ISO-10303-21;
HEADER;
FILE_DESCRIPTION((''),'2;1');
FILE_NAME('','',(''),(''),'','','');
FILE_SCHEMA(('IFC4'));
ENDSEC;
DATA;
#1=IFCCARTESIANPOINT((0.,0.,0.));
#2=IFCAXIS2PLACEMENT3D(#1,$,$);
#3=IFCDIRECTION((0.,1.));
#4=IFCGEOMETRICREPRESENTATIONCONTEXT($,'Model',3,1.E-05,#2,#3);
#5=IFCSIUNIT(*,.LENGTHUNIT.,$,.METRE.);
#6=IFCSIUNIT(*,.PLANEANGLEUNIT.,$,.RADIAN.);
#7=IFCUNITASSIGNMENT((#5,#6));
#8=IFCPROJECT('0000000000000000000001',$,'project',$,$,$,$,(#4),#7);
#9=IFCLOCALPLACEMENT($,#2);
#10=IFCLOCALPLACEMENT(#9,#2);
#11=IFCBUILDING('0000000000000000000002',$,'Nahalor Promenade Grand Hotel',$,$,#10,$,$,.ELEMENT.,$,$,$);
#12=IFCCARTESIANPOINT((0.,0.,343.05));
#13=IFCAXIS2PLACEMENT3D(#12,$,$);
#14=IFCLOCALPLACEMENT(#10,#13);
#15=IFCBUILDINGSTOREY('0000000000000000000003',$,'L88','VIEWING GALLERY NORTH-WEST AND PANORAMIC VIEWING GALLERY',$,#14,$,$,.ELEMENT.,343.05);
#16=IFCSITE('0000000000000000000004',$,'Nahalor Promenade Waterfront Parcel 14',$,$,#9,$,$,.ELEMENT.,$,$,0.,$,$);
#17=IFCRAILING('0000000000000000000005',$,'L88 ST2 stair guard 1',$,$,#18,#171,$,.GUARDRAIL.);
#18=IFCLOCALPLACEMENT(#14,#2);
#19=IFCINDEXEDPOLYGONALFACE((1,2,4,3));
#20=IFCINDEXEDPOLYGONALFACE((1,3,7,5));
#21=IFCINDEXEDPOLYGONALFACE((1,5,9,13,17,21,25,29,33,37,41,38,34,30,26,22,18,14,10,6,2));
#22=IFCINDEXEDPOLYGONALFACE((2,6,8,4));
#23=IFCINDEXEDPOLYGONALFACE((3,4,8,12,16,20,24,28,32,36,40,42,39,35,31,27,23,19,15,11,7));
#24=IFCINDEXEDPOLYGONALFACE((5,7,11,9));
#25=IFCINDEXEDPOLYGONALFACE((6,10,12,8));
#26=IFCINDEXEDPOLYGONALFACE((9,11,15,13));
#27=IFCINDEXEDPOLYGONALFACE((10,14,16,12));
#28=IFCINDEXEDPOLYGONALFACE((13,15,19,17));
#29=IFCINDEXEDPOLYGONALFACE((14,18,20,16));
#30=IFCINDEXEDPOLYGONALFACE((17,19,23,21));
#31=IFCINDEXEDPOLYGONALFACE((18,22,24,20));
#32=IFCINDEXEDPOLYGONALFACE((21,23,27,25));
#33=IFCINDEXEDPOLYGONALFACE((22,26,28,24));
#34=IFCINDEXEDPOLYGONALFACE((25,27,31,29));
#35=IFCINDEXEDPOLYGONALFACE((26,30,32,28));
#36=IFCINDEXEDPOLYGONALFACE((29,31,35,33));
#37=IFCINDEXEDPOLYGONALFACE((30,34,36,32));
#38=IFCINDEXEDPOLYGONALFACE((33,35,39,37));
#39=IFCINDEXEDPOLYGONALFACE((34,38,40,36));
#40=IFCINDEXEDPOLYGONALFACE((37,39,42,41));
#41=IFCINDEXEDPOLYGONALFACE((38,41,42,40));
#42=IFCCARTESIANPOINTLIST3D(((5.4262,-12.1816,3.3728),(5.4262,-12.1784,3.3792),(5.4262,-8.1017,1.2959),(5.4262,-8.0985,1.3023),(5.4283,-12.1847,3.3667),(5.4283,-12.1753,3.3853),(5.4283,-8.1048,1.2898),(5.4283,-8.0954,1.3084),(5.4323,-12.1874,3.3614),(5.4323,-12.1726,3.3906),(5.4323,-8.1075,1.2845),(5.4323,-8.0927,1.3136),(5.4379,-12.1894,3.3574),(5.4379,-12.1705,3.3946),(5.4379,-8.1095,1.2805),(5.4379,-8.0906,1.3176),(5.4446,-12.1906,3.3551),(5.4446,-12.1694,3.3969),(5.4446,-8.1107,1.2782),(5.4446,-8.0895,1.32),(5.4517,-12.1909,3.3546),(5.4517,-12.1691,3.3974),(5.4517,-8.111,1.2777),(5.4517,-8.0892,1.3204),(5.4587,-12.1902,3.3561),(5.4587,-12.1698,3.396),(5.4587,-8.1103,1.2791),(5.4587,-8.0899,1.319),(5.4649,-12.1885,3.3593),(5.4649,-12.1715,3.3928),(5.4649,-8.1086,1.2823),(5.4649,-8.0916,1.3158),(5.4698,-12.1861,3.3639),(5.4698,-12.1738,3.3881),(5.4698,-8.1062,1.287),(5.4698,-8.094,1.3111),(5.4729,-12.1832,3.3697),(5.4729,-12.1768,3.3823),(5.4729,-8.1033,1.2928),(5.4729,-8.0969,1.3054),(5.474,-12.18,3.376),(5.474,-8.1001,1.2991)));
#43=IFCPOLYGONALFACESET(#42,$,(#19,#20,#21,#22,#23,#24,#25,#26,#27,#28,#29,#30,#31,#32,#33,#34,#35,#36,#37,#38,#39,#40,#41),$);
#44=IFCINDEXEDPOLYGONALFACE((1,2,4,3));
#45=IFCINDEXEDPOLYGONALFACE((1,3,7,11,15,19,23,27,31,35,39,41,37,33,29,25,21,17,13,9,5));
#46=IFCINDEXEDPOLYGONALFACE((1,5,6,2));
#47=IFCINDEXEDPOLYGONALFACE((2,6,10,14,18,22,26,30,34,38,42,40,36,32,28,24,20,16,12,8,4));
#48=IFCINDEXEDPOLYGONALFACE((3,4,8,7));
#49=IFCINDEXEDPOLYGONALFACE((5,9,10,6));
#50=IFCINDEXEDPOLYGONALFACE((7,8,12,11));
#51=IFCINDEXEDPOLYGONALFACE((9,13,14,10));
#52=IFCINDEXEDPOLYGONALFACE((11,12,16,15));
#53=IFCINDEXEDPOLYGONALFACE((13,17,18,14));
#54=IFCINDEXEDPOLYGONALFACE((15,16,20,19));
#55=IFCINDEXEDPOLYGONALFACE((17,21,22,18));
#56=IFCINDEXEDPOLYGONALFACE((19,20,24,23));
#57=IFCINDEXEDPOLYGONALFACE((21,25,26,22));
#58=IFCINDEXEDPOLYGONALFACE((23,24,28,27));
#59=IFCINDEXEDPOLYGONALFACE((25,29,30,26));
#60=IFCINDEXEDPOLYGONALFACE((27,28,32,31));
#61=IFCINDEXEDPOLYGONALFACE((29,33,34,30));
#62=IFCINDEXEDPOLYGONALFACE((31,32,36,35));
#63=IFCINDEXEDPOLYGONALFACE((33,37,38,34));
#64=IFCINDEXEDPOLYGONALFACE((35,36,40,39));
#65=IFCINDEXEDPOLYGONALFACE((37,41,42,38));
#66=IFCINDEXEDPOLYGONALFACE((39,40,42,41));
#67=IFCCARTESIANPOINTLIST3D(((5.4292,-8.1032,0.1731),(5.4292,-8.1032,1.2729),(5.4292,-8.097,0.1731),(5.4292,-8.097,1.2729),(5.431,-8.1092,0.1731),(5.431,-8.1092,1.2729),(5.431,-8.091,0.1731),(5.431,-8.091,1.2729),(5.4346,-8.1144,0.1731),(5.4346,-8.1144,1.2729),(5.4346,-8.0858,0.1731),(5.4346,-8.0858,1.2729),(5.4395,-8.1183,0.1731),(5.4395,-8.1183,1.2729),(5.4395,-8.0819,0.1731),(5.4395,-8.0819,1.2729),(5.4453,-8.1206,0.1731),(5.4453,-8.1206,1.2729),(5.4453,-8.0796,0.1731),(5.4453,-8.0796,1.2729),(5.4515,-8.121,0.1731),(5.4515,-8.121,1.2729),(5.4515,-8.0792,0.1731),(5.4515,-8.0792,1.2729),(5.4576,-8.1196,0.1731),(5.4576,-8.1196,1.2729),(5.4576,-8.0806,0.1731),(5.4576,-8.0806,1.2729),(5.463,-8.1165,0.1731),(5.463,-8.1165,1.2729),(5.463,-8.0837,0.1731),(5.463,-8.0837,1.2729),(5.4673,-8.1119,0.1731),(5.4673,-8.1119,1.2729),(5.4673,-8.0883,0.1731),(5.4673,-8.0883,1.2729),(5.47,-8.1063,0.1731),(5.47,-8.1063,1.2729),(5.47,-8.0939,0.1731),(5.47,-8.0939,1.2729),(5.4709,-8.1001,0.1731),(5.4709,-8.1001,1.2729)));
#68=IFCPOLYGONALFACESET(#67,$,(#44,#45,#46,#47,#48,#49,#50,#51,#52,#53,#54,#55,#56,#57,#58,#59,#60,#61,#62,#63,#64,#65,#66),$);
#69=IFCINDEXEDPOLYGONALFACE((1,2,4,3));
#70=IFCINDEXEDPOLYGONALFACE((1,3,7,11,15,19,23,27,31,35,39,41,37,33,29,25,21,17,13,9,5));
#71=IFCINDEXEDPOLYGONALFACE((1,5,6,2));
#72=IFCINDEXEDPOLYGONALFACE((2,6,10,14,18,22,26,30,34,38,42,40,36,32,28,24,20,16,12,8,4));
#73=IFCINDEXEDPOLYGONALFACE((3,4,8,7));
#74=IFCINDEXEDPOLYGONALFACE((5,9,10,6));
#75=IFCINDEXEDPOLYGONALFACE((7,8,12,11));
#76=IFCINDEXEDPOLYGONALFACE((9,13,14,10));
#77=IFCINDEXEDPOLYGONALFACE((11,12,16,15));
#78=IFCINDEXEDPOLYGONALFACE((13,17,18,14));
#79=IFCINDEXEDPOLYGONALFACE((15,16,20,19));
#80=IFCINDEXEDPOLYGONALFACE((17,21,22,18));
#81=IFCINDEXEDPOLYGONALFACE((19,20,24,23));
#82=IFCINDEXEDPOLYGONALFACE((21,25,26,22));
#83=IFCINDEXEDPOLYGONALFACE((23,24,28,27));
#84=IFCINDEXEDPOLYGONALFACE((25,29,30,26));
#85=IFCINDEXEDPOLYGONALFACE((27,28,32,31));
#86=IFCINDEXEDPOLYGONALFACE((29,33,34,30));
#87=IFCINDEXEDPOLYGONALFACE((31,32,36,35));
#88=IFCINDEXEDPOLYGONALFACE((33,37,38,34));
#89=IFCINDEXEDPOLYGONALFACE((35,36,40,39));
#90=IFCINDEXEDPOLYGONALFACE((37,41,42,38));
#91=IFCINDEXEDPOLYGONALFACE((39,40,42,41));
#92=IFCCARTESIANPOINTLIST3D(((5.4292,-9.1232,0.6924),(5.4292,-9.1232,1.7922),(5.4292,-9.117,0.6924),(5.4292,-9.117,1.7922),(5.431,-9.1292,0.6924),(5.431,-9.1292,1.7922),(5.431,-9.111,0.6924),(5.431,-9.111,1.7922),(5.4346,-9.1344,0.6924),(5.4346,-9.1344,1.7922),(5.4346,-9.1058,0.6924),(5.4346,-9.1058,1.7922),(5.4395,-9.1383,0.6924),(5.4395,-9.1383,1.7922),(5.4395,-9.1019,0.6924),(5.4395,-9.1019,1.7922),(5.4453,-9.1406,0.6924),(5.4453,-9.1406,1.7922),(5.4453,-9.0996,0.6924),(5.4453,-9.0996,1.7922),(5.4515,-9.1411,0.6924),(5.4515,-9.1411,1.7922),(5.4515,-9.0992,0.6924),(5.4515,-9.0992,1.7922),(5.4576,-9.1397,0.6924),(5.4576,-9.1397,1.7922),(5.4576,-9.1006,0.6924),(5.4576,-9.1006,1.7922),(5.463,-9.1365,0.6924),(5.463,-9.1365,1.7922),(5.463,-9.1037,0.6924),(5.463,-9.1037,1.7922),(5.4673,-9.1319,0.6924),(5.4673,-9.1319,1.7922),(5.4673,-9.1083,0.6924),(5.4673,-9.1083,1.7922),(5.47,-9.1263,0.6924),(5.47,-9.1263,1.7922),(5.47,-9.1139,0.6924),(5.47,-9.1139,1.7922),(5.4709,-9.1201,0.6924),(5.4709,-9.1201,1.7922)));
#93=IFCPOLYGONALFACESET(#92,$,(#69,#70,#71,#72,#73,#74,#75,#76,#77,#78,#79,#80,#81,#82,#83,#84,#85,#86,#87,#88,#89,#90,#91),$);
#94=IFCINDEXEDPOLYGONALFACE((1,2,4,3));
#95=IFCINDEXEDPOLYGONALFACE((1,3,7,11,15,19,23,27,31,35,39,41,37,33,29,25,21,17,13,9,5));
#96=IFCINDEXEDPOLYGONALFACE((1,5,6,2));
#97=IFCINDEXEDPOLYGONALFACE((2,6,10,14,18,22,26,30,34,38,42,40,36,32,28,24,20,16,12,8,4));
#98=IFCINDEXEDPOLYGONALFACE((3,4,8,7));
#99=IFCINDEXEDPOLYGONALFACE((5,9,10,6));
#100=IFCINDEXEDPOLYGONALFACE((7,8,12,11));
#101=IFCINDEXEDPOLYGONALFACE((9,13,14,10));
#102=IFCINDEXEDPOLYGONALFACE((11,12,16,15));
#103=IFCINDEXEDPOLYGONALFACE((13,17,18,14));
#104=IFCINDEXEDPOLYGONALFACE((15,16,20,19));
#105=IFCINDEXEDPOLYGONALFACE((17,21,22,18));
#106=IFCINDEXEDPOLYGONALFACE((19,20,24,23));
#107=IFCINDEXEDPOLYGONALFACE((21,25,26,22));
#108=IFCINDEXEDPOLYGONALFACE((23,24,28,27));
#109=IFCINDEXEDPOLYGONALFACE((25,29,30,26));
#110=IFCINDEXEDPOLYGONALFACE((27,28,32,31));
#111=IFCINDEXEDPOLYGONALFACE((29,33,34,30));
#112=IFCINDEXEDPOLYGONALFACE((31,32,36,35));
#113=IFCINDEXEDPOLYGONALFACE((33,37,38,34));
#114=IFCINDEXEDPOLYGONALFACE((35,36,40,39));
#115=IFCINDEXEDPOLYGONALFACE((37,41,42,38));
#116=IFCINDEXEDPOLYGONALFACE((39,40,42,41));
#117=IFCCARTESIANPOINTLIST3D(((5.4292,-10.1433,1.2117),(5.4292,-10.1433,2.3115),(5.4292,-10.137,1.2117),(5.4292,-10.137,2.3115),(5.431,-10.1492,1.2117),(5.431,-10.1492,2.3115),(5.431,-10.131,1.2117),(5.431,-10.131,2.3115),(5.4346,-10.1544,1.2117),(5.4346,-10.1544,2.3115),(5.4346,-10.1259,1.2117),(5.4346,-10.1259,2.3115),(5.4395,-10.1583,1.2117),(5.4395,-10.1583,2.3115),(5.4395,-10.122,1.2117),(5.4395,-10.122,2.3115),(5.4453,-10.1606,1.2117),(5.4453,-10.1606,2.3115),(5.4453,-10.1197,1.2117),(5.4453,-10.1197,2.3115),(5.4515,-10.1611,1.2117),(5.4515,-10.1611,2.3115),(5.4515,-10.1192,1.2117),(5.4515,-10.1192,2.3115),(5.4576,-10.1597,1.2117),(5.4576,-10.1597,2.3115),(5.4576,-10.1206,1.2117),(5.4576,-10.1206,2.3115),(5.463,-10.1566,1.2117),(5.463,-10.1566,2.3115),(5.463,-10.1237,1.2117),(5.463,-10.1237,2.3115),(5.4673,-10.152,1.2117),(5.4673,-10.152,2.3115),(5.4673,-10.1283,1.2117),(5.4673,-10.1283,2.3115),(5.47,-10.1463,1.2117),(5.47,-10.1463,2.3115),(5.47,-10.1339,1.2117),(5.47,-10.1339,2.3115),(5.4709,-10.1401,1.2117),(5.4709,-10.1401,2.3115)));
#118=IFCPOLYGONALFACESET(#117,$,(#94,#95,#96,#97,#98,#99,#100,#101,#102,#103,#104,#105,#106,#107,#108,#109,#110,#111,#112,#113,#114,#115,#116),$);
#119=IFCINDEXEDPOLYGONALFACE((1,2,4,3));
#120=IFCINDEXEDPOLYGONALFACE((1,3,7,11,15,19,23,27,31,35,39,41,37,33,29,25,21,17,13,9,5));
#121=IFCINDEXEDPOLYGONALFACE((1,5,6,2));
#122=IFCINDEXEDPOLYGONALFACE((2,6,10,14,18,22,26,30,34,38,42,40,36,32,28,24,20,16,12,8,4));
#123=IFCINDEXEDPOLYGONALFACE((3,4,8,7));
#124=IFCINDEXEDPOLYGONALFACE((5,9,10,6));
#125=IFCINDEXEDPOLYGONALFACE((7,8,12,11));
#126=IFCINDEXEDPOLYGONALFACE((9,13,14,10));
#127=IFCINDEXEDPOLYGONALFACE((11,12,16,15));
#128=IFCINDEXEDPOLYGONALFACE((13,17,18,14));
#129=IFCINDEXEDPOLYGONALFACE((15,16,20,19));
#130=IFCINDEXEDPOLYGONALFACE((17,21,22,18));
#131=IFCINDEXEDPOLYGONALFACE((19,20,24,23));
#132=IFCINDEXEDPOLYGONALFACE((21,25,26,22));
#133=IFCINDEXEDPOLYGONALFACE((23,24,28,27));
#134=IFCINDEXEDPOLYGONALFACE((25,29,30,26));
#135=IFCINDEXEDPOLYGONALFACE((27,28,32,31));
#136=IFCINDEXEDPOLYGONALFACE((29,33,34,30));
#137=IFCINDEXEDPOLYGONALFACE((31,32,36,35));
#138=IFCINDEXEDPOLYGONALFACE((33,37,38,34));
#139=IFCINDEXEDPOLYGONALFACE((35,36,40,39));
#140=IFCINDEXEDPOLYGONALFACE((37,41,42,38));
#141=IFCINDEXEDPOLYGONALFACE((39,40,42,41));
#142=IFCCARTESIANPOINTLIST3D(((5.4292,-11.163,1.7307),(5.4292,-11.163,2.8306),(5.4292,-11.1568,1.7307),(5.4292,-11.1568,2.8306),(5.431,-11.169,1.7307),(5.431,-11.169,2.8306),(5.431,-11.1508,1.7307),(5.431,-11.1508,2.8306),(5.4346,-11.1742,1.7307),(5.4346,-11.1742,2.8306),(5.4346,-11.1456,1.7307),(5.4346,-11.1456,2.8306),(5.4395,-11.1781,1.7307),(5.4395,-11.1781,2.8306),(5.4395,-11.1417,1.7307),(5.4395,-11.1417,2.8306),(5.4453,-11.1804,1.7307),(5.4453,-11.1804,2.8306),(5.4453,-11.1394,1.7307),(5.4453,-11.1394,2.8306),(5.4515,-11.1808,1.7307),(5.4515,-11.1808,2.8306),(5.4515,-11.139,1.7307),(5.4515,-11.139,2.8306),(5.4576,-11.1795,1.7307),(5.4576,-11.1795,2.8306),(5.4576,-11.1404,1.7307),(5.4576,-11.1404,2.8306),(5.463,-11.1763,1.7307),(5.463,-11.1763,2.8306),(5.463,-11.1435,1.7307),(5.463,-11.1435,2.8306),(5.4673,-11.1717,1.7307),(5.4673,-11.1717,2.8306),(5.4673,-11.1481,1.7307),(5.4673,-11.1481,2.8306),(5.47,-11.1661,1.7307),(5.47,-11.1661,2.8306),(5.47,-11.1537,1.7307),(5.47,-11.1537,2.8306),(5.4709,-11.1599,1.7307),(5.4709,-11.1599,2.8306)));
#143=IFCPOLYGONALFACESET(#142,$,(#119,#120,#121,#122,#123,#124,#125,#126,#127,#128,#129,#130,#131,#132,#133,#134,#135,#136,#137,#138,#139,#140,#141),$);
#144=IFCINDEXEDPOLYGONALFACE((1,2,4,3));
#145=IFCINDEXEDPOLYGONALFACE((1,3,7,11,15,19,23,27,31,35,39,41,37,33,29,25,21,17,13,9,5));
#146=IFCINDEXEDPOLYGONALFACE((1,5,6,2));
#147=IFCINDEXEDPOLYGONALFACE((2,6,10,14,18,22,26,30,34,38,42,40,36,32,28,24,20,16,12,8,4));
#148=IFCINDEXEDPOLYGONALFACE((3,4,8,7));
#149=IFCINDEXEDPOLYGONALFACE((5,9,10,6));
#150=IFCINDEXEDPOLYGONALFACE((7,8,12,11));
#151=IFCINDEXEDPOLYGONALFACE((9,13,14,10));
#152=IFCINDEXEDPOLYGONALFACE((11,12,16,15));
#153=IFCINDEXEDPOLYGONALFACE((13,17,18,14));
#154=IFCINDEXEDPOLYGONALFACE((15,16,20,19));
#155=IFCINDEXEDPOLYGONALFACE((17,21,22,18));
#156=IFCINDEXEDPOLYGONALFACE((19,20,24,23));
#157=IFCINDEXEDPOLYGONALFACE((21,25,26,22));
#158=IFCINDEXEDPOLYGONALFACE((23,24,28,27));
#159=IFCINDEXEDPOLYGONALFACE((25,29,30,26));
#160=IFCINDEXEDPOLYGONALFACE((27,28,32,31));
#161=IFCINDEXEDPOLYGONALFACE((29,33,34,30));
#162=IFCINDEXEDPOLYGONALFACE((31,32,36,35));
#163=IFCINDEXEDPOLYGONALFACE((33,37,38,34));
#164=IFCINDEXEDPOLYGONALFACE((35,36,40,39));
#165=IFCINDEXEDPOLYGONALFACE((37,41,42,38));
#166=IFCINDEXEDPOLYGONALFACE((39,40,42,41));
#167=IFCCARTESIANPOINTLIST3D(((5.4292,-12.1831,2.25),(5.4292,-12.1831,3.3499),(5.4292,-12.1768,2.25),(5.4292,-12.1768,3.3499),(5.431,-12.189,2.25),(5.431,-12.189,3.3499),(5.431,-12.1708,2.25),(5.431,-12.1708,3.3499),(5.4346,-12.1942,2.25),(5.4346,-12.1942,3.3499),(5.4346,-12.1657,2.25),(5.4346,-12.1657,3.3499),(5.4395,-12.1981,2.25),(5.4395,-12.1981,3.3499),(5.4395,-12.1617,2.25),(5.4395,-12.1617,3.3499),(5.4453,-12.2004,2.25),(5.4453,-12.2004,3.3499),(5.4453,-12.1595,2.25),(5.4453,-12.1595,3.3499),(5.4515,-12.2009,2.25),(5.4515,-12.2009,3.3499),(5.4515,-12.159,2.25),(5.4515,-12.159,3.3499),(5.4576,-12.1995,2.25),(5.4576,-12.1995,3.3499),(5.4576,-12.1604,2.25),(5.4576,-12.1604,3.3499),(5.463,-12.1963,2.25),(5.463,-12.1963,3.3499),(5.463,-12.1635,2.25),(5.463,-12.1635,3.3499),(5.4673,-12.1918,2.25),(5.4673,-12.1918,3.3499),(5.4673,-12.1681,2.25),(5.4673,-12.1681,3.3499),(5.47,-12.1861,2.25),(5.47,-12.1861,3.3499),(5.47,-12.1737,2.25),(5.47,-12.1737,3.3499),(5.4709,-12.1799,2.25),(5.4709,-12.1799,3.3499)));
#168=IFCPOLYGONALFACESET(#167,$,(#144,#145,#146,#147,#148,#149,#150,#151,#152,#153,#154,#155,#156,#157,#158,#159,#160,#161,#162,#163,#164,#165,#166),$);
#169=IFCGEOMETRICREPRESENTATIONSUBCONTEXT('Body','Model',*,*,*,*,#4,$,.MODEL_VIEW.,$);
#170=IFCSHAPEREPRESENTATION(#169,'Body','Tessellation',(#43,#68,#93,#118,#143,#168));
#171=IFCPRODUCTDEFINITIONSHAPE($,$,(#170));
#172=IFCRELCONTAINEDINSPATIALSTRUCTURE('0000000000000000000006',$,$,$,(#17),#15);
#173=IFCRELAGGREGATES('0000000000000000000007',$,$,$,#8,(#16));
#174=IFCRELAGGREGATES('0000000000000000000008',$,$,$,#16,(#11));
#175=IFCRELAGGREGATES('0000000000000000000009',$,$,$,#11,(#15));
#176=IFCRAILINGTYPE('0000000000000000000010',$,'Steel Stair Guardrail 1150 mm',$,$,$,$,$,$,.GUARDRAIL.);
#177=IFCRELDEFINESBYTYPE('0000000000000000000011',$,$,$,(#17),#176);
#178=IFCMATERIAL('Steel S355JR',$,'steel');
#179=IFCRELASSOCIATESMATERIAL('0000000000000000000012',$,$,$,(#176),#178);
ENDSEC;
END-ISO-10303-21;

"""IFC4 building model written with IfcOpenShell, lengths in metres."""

from ifc_helpers import new_model, si_unit, direction, frame, origin, origin_2d, place, context, subcontext, project, spatial, circle, extrude, material, type_object, element, save


model = new_model("IFC4")

# Units and contexts
model_context = context("Model", 3, precision=1e-05, world=origin(), true_north=direction((0.0, 1.0)))
body_context = subcontext(model_context, "Body", "Model", "MODEL_VIEW")
ifc_project = project(units=[si_unit("LENGTHUNIT", "METRE"), si_unit("PLANEANGLEUNIT", "RADIAN")], contexts=[model_context])

# Site, building, storey
site_placement = place(None, origin())
site = spatial("IfcSite", under=ifc_project, at=site_placement, Name="Nahalor Promenade Waterfront Parcel 14", CompositionType="ELEMENT", RefElevation=0.0)
building_placement = place(site_placement, origin())
building = spatial("IfcBuilding", under=site, at=building_placement, Name="Nahalor Promenade Grand Hotel", CompositionType="ELEMENT")
storey_placement = place(building_placement, frame((0.0, 0.0, 343.05)))
storey = spatial("IfcBuildingStorey", under=building, at=storey_placement, Name="L88", Description="VIEWING GALLERY NORTH-WEST AND PANORAMIC VIEWING GALLERY", CompositionType="ELEMENT", Elevation=343.05)

# Shared definitions
ifc_material_1 = material(Name="Steel S355JR", Category="steel")

# Railing
railing_type_1 = type_object("IfcRailingType", Name="Steel Stair Guardrail 1150 mm", PredefinedType="GUARDRAIL", material=ifc_material_1)
railing_1_placement = place(storey_placement, frame((5.45, -8.1001, 0.1731)))
element("IfcRailing", 1, at=railing_1_placement, inside=storey, type_object=railing_type_1, Name="L88 ST2 stair guard 1", PredefinedType="GUARDRAIL", context=body_context, shape_type="SweptSolid", body=[
    extrude(circle(Radius=0.024, at=origin_2d()), frame((0.0, 0.0, 1.126), z_axis=(0.0, -0.891172, 0.453665), x_axis=(1.0, 0.0, 0.0)), (0.0, 0.0, 1.0), 4.5781),
    extrude(circle(Radius=0.021, at=origin_2d()), origin(), (0.0, 0.0, 1.0), 1.0999),
    extrude(circle(Radius=0.021, at=origin_2d()), frame((0.0, -1.02, 0.5193)), (0.0, 0.0, 1.0), 1.0999),
    extrude(circle(Radius=0.021, at=origin_2d()), frame((0.0, -2.04, 1.0386)), (0.0, 0.0, 1.0), 1.0999),
    extrude(circle(Radius=0.021, at=origin_2d()), frame((0.0, -3.0598, 1.5576)), (0.0, 0.0, 1.0), 1.0999),
    extrude(circle(Radius=0.021, at=origin_2d()), frame((0.0, -4.0798, 2.0769)), (0.0, 0.0, 1.0), 1.0999),
])

save(model, "model.ifc")
